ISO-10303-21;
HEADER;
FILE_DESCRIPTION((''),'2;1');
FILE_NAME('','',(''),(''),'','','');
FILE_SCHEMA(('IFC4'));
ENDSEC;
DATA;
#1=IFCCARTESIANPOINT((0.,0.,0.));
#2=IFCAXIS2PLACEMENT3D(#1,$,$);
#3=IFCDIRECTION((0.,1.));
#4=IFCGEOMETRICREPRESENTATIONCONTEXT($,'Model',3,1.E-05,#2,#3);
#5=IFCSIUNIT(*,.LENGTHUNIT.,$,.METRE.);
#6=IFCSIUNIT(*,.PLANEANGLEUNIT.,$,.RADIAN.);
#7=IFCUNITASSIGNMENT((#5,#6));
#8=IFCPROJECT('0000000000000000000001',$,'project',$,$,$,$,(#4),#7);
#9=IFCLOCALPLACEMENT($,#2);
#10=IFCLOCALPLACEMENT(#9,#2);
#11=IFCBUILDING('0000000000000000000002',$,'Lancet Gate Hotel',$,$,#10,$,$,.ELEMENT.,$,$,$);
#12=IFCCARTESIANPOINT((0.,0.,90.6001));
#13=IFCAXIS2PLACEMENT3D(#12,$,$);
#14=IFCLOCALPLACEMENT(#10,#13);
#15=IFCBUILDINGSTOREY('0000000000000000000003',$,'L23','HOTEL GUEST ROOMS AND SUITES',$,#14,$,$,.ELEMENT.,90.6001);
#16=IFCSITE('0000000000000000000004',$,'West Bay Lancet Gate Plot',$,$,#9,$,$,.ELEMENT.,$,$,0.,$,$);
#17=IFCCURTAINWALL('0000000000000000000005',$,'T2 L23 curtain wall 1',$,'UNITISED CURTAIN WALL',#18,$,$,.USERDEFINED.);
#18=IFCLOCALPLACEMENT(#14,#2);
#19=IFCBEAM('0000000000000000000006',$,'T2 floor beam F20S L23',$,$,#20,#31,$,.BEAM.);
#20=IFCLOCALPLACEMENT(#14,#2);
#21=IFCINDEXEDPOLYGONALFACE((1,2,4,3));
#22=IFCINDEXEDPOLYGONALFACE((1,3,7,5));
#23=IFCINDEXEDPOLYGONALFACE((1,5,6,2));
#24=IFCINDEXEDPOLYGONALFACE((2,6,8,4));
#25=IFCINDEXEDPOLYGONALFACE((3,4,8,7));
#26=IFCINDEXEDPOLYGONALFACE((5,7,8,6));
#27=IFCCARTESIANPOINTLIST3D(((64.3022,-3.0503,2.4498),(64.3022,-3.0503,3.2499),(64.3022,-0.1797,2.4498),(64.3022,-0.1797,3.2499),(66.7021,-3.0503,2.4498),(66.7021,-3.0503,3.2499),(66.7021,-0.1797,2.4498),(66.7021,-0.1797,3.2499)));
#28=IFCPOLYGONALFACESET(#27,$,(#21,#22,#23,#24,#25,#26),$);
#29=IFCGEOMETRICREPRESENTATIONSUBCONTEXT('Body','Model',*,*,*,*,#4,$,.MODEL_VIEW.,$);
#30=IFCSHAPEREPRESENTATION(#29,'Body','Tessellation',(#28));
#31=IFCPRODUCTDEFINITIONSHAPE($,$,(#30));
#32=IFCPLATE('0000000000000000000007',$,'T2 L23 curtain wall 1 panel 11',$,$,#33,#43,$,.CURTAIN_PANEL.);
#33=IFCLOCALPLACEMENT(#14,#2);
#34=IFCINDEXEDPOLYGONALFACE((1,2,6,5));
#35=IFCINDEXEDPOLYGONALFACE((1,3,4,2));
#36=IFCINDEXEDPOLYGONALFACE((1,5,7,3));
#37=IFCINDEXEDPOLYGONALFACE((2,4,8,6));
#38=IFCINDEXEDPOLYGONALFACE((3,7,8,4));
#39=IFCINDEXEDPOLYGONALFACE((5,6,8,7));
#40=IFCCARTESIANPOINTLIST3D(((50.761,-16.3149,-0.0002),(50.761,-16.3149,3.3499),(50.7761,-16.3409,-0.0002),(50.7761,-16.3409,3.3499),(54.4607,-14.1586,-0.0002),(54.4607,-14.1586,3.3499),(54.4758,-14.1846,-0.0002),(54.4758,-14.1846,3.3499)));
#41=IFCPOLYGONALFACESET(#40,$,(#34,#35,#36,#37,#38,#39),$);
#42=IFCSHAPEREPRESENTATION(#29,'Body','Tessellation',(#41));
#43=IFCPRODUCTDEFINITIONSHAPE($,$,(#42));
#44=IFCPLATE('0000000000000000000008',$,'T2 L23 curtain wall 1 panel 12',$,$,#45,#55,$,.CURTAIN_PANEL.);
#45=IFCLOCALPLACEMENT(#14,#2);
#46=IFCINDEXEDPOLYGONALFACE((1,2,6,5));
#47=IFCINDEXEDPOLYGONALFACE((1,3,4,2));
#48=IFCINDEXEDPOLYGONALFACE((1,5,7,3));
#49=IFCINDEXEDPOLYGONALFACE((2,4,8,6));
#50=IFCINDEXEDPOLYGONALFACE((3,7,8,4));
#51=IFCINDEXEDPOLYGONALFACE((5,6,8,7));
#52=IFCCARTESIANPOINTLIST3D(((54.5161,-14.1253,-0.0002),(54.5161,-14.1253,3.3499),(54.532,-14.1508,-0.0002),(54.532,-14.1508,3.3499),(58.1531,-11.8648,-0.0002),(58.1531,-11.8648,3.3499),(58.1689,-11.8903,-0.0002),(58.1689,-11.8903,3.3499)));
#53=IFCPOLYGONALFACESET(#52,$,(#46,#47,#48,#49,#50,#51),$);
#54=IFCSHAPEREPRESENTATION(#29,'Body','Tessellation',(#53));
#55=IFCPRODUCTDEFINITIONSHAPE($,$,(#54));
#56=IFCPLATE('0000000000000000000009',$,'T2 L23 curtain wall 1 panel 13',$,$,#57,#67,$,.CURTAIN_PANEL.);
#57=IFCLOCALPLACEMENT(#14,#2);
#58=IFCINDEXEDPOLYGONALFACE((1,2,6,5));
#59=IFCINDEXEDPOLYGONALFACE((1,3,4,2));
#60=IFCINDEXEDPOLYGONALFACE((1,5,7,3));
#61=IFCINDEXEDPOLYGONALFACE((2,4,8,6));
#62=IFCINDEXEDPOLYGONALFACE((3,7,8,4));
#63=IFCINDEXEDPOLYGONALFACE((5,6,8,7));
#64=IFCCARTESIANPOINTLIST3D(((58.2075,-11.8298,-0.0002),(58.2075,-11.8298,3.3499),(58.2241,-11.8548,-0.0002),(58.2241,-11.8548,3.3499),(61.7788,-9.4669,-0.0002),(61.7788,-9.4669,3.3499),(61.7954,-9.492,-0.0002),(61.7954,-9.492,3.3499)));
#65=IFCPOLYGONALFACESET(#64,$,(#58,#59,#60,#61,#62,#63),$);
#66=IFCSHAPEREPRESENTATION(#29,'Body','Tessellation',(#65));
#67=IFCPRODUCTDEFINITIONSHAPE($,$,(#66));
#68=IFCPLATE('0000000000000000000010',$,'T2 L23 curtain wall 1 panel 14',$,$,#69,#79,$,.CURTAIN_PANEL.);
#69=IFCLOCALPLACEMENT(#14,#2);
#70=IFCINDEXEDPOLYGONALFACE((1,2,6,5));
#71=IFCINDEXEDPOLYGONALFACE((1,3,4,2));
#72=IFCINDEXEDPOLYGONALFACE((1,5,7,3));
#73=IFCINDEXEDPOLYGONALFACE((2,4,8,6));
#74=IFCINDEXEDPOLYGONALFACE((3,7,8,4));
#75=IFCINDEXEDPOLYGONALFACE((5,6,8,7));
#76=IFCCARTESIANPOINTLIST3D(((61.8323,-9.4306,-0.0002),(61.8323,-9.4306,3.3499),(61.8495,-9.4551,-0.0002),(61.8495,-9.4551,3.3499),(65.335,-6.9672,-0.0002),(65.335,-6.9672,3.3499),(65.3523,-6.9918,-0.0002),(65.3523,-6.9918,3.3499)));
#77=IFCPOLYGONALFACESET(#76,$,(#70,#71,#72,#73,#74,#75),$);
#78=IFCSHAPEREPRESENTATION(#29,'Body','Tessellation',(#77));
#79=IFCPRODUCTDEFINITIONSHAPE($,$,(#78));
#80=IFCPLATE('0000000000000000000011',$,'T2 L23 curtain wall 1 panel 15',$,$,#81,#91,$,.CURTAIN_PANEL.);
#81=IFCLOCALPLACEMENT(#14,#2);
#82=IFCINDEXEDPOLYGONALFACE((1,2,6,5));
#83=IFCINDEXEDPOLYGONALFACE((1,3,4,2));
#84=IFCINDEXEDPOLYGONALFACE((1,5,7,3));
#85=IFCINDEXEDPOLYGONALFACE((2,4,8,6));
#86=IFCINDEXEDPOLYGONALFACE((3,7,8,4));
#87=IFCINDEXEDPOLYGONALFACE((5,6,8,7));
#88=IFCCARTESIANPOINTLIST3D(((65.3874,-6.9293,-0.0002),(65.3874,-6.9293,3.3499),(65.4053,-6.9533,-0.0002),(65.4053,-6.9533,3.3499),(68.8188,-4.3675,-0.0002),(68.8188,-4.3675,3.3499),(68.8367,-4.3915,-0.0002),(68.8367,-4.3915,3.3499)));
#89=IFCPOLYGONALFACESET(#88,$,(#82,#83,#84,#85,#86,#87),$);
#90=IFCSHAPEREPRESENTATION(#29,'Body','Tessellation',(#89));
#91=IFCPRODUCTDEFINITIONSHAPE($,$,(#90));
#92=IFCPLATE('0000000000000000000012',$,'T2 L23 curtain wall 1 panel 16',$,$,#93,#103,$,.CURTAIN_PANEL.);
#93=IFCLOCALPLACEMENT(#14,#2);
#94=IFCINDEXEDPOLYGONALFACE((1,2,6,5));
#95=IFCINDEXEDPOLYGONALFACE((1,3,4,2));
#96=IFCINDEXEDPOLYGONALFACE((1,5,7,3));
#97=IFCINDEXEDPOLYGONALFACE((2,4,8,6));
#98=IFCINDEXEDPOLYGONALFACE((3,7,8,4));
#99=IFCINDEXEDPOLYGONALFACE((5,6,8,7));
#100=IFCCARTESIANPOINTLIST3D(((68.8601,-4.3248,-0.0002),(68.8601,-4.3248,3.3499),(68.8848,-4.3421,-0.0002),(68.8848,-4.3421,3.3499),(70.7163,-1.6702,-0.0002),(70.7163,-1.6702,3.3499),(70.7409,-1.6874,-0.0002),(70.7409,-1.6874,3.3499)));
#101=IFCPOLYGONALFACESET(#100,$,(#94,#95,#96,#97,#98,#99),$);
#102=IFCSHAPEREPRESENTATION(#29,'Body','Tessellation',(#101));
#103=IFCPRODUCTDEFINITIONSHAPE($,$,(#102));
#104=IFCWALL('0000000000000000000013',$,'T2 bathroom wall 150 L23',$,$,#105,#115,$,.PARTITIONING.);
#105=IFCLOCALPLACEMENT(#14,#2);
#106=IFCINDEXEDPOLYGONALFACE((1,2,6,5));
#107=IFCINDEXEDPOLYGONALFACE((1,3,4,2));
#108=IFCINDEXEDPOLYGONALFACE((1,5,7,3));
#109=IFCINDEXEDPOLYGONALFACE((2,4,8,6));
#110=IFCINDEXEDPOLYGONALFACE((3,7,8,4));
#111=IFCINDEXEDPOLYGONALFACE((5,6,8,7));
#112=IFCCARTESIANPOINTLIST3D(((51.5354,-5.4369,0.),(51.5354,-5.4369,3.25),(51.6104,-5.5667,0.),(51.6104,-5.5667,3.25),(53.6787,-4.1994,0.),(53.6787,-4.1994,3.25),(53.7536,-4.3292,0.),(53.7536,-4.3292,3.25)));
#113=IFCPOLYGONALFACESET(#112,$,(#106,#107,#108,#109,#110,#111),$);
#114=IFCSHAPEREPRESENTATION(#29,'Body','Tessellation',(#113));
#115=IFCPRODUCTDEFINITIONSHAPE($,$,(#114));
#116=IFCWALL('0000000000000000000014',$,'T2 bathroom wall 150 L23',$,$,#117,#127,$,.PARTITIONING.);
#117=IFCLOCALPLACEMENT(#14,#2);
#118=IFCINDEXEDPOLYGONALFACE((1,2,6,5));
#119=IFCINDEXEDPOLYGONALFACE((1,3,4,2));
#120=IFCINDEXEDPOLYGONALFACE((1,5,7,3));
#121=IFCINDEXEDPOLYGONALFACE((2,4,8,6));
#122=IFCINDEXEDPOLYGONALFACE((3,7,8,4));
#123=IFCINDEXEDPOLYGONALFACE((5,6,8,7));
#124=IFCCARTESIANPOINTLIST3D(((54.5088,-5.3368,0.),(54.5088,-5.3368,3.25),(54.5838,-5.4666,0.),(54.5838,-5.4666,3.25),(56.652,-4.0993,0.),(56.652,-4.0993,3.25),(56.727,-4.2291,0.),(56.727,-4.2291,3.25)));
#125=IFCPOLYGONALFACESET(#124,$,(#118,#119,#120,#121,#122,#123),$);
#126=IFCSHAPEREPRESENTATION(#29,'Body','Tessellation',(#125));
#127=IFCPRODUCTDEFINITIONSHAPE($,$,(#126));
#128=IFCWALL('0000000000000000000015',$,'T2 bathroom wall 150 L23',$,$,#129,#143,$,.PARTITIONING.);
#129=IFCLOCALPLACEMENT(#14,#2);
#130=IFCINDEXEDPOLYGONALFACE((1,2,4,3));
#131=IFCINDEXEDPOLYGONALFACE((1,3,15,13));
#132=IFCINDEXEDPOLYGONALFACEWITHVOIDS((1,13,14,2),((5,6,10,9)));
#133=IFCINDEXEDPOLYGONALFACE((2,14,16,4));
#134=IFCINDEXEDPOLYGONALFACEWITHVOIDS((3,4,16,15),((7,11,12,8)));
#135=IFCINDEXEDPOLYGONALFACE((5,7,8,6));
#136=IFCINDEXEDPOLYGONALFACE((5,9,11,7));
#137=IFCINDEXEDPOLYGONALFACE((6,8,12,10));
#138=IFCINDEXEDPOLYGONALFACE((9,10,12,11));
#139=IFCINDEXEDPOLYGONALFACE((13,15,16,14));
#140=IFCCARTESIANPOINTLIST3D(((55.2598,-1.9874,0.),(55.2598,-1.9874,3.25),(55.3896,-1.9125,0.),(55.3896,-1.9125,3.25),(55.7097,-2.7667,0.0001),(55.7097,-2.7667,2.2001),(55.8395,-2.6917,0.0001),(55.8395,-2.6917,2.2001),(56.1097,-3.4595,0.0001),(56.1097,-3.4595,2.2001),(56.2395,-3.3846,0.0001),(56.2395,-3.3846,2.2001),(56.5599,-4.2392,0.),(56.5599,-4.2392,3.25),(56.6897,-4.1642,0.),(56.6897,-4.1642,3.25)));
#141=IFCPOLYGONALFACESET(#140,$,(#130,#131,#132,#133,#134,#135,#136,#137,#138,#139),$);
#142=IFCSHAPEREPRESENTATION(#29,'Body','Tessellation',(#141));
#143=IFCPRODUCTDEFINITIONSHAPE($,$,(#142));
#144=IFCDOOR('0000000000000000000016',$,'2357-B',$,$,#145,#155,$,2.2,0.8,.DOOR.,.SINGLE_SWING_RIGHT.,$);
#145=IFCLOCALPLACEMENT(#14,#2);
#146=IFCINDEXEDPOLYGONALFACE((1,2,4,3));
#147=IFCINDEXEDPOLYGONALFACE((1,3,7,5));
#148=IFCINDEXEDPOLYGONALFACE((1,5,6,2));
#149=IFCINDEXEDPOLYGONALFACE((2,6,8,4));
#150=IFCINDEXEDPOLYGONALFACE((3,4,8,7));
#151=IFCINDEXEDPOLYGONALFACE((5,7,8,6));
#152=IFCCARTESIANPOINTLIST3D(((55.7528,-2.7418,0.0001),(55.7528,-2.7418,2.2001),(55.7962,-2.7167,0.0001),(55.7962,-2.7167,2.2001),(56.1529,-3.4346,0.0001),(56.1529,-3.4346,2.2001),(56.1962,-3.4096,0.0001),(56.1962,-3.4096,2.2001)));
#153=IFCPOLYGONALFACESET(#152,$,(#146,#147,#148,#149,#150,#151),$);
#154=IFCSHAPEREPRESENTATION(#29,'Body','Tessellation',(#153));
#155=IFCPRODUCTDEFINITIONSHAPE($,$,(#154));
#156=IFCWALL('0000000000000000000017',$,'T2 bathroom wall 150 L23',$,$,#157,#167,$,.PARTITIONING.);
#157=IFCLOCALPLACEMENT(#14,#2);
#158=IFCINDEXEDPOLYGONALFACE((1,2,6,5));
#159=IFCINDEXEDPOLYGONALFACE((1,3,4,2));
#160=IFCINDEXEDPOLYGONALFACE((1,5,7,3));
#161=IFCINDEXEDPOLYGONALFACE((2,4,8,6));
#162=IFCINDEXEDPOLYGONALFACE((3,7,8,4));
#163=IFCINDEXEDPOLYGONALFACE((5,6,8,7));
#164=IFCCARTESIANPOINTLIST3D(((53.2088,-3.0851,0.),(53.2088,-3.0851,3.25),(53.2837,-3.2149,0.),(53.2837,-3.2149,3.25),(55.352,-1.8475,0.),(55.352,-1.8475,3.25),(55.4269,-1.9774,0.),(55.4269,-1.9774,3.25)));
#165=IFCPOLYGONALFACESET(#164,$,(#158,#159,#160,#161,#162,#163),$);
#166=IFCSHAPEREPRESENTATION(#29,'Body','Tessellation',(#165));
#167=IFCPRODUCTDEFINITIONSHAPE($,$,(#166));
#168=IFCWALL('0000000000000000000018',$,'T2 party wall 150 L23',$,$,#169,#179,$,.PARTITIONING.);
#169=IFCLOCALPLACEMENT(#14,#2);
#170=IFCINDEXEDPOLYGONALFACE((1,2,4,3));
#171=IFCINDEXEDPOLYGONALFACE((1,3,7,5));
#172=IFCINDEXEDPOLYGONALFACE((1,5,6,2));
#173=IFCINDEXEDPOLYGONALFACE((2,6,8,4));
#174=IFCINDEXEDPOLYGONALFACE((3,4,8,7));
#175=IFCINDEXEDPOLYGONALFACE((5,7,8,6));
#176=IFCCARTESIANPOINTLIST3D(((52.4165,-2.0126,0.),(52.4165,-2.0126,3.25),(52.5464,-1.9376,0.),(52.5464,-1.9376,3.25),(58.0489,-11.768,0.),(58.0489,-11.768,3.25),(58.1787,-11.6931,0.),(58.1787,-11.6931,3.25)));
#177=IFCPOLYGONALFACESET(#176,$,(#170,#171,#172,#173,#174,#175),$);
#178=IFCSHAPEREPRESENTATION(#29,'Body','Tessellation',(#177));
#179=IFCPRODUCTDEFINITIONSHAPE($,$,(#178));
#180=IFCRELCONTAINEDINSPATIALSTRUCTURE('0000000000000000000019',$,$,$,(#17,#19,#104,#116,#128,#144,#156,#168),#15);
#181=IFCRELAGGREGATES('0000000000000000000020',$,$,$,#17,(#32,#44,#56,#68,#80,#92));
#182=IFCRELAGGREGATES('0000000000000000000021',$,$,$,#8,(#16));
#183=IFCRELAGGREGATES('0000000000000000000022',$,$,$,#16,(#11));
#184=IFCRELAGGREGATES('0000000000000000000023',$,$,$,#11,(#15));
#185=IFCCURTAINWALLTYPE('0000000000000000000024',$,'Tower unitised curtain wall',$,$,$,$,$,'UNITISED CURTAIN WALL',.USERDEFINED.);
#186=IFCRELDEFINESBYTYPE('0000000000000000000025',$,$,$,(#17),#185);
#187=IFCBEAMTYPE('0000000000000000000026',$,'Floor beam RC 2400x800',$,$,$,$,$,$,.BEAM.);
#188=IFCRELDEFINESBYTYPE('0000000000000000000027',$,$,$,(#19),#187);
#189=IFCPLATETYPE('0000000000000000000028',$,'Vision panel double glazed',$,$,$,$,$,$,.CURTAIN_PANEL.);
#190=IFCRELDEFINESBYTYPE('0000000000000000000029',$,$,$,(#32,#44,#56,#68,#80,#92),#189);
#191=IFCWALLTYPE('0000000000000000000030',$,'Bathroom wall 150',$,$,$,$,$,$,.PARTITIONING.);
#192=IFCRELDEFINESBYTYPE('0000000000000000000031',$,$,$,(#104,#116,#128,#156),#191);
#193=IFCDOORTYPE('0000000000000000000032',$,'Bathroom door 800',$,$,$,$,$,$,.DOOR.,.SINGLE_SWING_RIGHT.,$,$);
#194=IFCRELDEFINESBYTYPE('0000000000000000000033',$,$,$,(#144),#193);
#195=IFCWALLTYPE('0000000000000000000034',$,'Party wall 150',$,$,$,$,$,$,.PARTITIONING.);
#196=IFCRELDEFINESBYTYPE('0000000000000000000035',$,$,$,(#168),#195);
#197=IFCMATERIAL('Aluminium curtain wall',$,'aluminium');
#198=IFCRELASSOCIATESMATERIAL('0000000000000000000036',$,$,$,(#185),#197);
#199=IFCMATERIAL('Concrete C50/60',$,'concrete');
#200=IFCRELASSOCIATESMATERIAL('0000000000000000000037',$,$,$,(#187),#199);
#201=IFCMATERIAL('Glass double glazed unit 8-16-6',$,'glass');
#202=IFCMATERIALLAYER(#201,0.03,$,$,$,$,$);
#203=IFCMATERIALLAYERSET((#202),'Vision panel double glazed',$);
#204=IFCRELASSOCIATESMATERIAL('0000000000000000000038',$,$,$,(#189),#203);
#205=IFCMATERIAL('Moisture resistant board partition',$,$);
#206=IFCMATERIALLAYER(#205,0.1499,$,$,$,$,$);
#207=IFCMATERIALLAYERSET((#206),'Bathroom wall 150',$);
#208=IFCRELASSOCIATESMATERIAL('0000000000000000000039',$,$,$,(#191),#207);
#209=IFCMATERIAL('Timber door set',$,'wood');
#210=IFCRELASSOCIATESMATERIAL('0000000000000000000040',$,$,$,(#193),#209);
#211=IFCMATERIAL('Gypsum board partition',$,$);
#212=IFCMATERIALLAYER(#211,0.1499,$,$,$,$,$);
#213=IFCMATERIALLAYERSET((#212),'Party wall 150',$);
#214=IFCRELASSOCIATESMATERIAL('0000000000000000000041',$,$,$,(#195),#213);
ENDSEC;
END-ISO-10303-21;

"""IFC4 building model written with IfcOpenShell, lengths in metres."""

from ifc_helpers import new_model, si_unit, direction, frame, frame_2d, origin, origin_2d, place, context, subcontext, project, spatial, rectangle, extrude, material, layer, layer_set, material_profile, profile_set, type_object, element, fill, aggregate, save


model = new_model("IFC4")

# Units and contexts
model_context = context("Model", 3, precision=1e-05, world=origin(), true_north=direction((0.0, 1.0)))
body_context = subcontext(model_context, "Body", "Model", "MODEL_VIEW")
ifc_project = project(units=[si_unit("LENGTHUNIT", "METRE"), si_unit("PLANEANGLEUNIT", "RADIAN")], contexts=[model_context])

# Site, building, storey
site_placement = place(None, origin())
site = spatial("IfcSite", under=ifc_project, at=site_placement, Name="West Bay Lancet Gate Plot", CompositionType="ELEMENT", RefElevation=0.0)
building_placement = place(site_placement, origin())
building = spatial("IfcBuilding", under=site, at=building_placement, Name="Lancet Gate Hotel", CompositionType="ELEMENT")
storey_placement = place(building_placement, frame((0.0, 0.0, 90.6001)))
storey = spatial("IfcBuildingStorey", under=building, at=storey_placement, Name="L23", Description="HOTEL GUEST ROOMS AND SUITES", CompositionType="ELEMENT", Elevation=90.6001)

# Curtain wall
ifc_material_1 = material(Name="Aluminium curtain wall", Category="aluminium")
curtain_wall_type = type_object("IfcCurtainWallType", Name="Tower unitised curtain wall", ElementType="UNITISED CURTAIN WALL", PredefinedType="USERDEFINED", material=ifc_material_1)
curtain_wall_placement = place(storey_placement, origin())
curtain_wall = element("IfcCurtainWall", 1, at=curtain_wall_placement, inside=storey, type_object=curtain_wall_type, Name="T2 L23 curtain wall 1", ObjectType="UNITISED CURTAIN WALL", PredefinedType="USERDEFINED")

# Beam
ifc_material_2 = material(Name="Concrete C50/60", Category="concrete")
ifc_material_profile_1 = material_profile(ifc_material_2, rectangle(XDim=2.3999, YDim=0.8, at=origin_2d()), Name="RC 2400x800")
ifc_profile_set_1 = profile_set([ifc_material_profile_1], Name="Concrete C50/60")
beam_type_1 = type_object("IfcBeamType", Name="Floor beam RC 2400x800", PredefinedType="BEAM", material=ifc_profile_set_1)
beam_1_placement = place(storey_placement, frame((65.5022, -3.0503, 2.8499), z_axis=(0.0, 1.0, 0.0), x_axis=(-1.0, 0.0, 0.0)))
element("IfcBeam", 2, at=beam_1_placement, inside=storey, type_object=beam_type_1, Name="T2 floor beam F20S L23", PredefinedType="BEAM", context=body_context, shape_type="SweptSolid", body=[
    extrude(rectangle(XDim=2.3999, YDim=0.8, at=origin_2d()), origin(), (0.0, 0.0, 1.0), 2.8706),
])

# Plates
ifc_material_3 = material(Name="Glass double glazed unit 8-16-6", Category="glass")
ifc_layer_1 = layer(ifc_material_3, 0.03)
ifc_layer_set_1 = layer_set([ifc_layer_1], Name="Vision panel double glazed")
plate_type = type_object("IfcPlateType", Name="Vision panel double glazed", PredefinedType="CURTAIN_PANEL", material=ifc_layer_set_1)
plate_1_placement = place(storey_placement, frame((52.6184, -15.2498, -0.0002), z_axis=(0.0, 0.0, 1.0), x_axis=(0.863966, 0.503551, 0.0)))
plate_1 = element("IfcPlate", 3, at=plate_1_placement, type_object=plate_type, Name="T2 L23 curtain wall 1 panel 11", PredefinedType="CURTAIN_PANEL", context=body_context, shape_type="SweptSolid", body=[
    extrude(rectangle(XDim=4.2822, YDim=0.03, at=origin_2d()), origin(), (0.0, 0.0, 1.0), 3.3501),
])
plate_2_placement = place(storey_placement, frame((56.3425, -13.0078, -0.0002), z_axis=(0.0, 0.0, 1.0), x_axis=(0.849318, 0.527882, 0.0)))
plate_2 = element("IfcPlate", 4, at=plate_2_placement, type_object=plate_type, Name="T2 L23 curtain wall 1 panel 12", PredefinedType="CURTAIN_PANEL", context=body_context, shape_type="SweptSolid", body=[
    extrude(rectangle(XDim=4.2822, YDim=0.03, at=origin_2d()), origin(), (0.0, 0.0, 1.0), 3.3501),
])
plate_3_placement = place(storey_placement, frame((60.0015, -10.6609, -0.0002), z_axis=(0.0, 0.0, 1.0), x_axis=(0.833985, 0.551787, 0.0)))
plate_3 = element("IfcPlate", 5, at=plate_3_placement, type_object=plate_type, Name="T2 L23 curtain wall 1 panel 13", PredefinedType="CURTAIN_PANEL", context=body_context, shape_type="SweptSolid", body=[
    extrude(rectangle(XDim=4.2822, YDim=0.03, at=origin_2d()), origin(), (0.0, 0.0, 1.0), 3.3501),
])
plate_4_placement = place(storey_placement, frame((63.5923, -8.2112, -0.0002), z_axis=(0.0, 0.0, 1.0), x_axis=(0.817979, 0.575247, 0.0)))
plate_4 = element("IfcPlate", 6, at=plate_4_placement, type_object=plate_type, Name="T2 L23 curtain wall 1 panel 14", PredefinedType="CURTAIN_PANEL", context=body_context, shape_type="SweptSolid", body=[
    extrude(rectangle(XDim=4.2822, YDim=0.03, at=origin_2d()), origin(), (0.0, 0.0, 1.0), 3.3501),
])
plate_5_placement = place(storey_placement, frame((67.1121, -5.6604, -0.0002), z_axis=(0.0, 0.0, 1.0), x_axis=(0.801314, 0.598244, 0.0)))
plate_5 = element("IfcPlate", 7, at=plate_5_placement, type_object=plate_type, Name="T2 L23 curtain wall 1 panel 15", PredefinedType="CURTAIN_PANEL", context=body_context, shape_type="SweptSolid", body=[
    extrude(rectangle(XDim=4.2822, YDim=0.03, at=origin_2d()), origin(), (0.0, 0.0, 1.0), 3.3501),
])
plate_6_placement = place(storey_placement, frame((69.8005, -3.0061, -0.0002), z_axis=(0.0, 0.0, 1.0), x_axis=(0.573025, 0.819538, 0.0)))
plate_6 = element("IfcPlate", 8, at=plate_6_placement, type_object=plate_type, Name="T2 L23 curtain wall 1 panel 16", PredefinedType="CURTAIN_PANEL", context=body_context, shape_type="SweptSolid", body=[
    extrude(rectangle(XDim=3.2393, YDim=0.03, at=origin_2d()), origin(), (0.0, 0.0, 1.0), 3.3501),
])
aggregate(curtain_wall, [plate_1, plate_2, plate_3, plate_4, plate_5, plate_6])

# Walls
ifc_material_4 = material(Name="Moisture resistant board partition")
ifc_layer_2 = layer(ifc_material_4, 0.1499)
ifc_layer_set_2 = layer_set([ifc_layer_2], Name="Bathroom wall 150")
wall_type_1 = type_object("IfcWallType", Name="Bathroom wall 150", PredefinedType="PARTITIONING", material=ifc_layer_set_2)
for number, where, z_axis, x_axis, name in (
    (9, (51.573, -5.5017, 0.0), (0.0, 0.0, 1.0), (0.866007, 0.500033, 0.0), "T2 bathroom wall 150 L23"),
    (10, (54.5464, -5.4016, 0.0), (0.0, 0.0, 1.0), (0.866007, 0.500033, 0.0), "T2 bathroom wall 150 L23"),
):
    element("IfcWall", number, at=place(storey_placement, frame(where, z_axis=z_axis, x_axis=x_axis)), inside=storey, type_object=wall_type_1, Name=name, PredefinedType="PARTITIONING", context=body_context, shape_type="SweptSolid", body=[
        extrude(rectangle(XDim=2.4749, YDim=0.1499, at=frame_2d((1.2373, 0.0))), origin(), (0.0, 0.0, 1.0), 3.25),
    ])

# Wall, opening, door
wall_1_placement = place(storey_placement, frame((55.3247, -1.95, 0.0), z_axis=(0.0, 0.0, 1.0), x_axis=(0.500007, -0.866021, 0.0)))
wall_1 = element("IfcWall", 11, at=wall_1_placement, inside=storey, type_object=wall_type_1, Name="T2 bathroom wall 150 L23", PredefinedType="PARTITIONING", context=body_context, shape_type="SweptSolid", body=[
    extrude(rectangle(XDim=2.6001, YDim=0.1499, at=frame_2d((1.3, 0.0))), origin(), (0.0, 0.0, 1.0), 3.25),
])
opening_placement = place(wall_1_placement, frame((0.8999, 0.0, 0.0)))
opening = element("IfcOpeningElement", 12, at=opening_placement, cuts=wall_1, PredefinedType="OPENING", context=body_context, shape_type="SweptSolid", body=[
    extrude(rectangle(XDim=0.8, YDim=2.2, at=frame_2d((0.3999, 1.1001))), frame((0.0, 0.085, 0.0), z_axis=(0.0, -1.0, 0.0), x_axis=(1.0, 0.0, 0.0)), (0.0, 0.0, 1.0), 0.1699),
])
ifc_material_5 = material(Name="Timber door set", Category="wood")
door_type = type_object("IfcDoorType", Name="Bathroom door 800", OperationType="SINGLE_SWING_RIGHT", PredefinedType="DOOR", material=ifc_material_5)
door_placement = place(opening_placement, origin())
door = element("IfcDoor", 13, at=door_placement, inside=storey, type_object=door_type, Name="2357-B", OperationType="SINGLE_SWING_RIGHT", OverallHeight=2.2, OverallWidth=0.8, PredefinedType="DOOR", context=body_context, shape_type="SweptSolid", body=[
    extrude(rectangle(XDim=0.8, YDim=2.2, at=frame_2d((0.3999, 1.1001))), frame((0.0, 0.0249, 0.0), z_axis=(0.0, -1.0, 0.0), x_axis=(1.0, 0.0, 0.0)), (0.0, 0.0, 1.0), 0.05),
])
fill(opening, door)

# Walls
wall_2_placement = place(storey_placement, frame((53.2463, -3.1499, 0.0), z_axis=(0.0, 0.0, 1.0), x_axis=(0.866007, 0.500033, 0.0)))
element("IfcWall", 14, at=wall_2_placement, inside=storey, type_object=wall_type_1, Name="T2 bathroom wall 150 L23", PredefinedType="PARTITIONING", context=body_context, shape_type="SweptSolid", body=[
    extrude(rectangle(XDim=2.4749, YDim=0.1499, at=frame_2d((1.2373, 0.0))), origin(), (0.0, 0.0, 1.0), 3.25),
])
ifc_material_6 = material(Name="Gypsum board partition")
ifc_layer_3 = layer(ifc_material_6, 0.1499)
ifc_layer_set_3 = layer_set([ifc_layer_3], Name="Party wall 150")
wall_type_2 = type_object("IfcWallType", Name="Party wall 150", PredefinedType="PARTITIONING", material=ifc_layer_set_3)
wall_3_placement = place(storey_placement, frame((52.4814, -1.9751, 0.0), z_axis=(0.0, 0.0, 1.0), x_axis=(0.500004, -0.866023, 0.0)))
element("IfcWall", 15, at=wall_3_placement, inside=storey, type_object=wall_type_2, Name="T2 party wall 150 L23", PredefinedType="PARTITIONING", context=body_context, shape_type="SweptSolid", body=[
    extrude(rectangle(XDim=11.2646, YDim=0.1499, at=frame_2d((5.6323, 0.0))), origin(), (0.0, 0.0, 1.0), 3.25),
])

save(model, "model.ifc")
